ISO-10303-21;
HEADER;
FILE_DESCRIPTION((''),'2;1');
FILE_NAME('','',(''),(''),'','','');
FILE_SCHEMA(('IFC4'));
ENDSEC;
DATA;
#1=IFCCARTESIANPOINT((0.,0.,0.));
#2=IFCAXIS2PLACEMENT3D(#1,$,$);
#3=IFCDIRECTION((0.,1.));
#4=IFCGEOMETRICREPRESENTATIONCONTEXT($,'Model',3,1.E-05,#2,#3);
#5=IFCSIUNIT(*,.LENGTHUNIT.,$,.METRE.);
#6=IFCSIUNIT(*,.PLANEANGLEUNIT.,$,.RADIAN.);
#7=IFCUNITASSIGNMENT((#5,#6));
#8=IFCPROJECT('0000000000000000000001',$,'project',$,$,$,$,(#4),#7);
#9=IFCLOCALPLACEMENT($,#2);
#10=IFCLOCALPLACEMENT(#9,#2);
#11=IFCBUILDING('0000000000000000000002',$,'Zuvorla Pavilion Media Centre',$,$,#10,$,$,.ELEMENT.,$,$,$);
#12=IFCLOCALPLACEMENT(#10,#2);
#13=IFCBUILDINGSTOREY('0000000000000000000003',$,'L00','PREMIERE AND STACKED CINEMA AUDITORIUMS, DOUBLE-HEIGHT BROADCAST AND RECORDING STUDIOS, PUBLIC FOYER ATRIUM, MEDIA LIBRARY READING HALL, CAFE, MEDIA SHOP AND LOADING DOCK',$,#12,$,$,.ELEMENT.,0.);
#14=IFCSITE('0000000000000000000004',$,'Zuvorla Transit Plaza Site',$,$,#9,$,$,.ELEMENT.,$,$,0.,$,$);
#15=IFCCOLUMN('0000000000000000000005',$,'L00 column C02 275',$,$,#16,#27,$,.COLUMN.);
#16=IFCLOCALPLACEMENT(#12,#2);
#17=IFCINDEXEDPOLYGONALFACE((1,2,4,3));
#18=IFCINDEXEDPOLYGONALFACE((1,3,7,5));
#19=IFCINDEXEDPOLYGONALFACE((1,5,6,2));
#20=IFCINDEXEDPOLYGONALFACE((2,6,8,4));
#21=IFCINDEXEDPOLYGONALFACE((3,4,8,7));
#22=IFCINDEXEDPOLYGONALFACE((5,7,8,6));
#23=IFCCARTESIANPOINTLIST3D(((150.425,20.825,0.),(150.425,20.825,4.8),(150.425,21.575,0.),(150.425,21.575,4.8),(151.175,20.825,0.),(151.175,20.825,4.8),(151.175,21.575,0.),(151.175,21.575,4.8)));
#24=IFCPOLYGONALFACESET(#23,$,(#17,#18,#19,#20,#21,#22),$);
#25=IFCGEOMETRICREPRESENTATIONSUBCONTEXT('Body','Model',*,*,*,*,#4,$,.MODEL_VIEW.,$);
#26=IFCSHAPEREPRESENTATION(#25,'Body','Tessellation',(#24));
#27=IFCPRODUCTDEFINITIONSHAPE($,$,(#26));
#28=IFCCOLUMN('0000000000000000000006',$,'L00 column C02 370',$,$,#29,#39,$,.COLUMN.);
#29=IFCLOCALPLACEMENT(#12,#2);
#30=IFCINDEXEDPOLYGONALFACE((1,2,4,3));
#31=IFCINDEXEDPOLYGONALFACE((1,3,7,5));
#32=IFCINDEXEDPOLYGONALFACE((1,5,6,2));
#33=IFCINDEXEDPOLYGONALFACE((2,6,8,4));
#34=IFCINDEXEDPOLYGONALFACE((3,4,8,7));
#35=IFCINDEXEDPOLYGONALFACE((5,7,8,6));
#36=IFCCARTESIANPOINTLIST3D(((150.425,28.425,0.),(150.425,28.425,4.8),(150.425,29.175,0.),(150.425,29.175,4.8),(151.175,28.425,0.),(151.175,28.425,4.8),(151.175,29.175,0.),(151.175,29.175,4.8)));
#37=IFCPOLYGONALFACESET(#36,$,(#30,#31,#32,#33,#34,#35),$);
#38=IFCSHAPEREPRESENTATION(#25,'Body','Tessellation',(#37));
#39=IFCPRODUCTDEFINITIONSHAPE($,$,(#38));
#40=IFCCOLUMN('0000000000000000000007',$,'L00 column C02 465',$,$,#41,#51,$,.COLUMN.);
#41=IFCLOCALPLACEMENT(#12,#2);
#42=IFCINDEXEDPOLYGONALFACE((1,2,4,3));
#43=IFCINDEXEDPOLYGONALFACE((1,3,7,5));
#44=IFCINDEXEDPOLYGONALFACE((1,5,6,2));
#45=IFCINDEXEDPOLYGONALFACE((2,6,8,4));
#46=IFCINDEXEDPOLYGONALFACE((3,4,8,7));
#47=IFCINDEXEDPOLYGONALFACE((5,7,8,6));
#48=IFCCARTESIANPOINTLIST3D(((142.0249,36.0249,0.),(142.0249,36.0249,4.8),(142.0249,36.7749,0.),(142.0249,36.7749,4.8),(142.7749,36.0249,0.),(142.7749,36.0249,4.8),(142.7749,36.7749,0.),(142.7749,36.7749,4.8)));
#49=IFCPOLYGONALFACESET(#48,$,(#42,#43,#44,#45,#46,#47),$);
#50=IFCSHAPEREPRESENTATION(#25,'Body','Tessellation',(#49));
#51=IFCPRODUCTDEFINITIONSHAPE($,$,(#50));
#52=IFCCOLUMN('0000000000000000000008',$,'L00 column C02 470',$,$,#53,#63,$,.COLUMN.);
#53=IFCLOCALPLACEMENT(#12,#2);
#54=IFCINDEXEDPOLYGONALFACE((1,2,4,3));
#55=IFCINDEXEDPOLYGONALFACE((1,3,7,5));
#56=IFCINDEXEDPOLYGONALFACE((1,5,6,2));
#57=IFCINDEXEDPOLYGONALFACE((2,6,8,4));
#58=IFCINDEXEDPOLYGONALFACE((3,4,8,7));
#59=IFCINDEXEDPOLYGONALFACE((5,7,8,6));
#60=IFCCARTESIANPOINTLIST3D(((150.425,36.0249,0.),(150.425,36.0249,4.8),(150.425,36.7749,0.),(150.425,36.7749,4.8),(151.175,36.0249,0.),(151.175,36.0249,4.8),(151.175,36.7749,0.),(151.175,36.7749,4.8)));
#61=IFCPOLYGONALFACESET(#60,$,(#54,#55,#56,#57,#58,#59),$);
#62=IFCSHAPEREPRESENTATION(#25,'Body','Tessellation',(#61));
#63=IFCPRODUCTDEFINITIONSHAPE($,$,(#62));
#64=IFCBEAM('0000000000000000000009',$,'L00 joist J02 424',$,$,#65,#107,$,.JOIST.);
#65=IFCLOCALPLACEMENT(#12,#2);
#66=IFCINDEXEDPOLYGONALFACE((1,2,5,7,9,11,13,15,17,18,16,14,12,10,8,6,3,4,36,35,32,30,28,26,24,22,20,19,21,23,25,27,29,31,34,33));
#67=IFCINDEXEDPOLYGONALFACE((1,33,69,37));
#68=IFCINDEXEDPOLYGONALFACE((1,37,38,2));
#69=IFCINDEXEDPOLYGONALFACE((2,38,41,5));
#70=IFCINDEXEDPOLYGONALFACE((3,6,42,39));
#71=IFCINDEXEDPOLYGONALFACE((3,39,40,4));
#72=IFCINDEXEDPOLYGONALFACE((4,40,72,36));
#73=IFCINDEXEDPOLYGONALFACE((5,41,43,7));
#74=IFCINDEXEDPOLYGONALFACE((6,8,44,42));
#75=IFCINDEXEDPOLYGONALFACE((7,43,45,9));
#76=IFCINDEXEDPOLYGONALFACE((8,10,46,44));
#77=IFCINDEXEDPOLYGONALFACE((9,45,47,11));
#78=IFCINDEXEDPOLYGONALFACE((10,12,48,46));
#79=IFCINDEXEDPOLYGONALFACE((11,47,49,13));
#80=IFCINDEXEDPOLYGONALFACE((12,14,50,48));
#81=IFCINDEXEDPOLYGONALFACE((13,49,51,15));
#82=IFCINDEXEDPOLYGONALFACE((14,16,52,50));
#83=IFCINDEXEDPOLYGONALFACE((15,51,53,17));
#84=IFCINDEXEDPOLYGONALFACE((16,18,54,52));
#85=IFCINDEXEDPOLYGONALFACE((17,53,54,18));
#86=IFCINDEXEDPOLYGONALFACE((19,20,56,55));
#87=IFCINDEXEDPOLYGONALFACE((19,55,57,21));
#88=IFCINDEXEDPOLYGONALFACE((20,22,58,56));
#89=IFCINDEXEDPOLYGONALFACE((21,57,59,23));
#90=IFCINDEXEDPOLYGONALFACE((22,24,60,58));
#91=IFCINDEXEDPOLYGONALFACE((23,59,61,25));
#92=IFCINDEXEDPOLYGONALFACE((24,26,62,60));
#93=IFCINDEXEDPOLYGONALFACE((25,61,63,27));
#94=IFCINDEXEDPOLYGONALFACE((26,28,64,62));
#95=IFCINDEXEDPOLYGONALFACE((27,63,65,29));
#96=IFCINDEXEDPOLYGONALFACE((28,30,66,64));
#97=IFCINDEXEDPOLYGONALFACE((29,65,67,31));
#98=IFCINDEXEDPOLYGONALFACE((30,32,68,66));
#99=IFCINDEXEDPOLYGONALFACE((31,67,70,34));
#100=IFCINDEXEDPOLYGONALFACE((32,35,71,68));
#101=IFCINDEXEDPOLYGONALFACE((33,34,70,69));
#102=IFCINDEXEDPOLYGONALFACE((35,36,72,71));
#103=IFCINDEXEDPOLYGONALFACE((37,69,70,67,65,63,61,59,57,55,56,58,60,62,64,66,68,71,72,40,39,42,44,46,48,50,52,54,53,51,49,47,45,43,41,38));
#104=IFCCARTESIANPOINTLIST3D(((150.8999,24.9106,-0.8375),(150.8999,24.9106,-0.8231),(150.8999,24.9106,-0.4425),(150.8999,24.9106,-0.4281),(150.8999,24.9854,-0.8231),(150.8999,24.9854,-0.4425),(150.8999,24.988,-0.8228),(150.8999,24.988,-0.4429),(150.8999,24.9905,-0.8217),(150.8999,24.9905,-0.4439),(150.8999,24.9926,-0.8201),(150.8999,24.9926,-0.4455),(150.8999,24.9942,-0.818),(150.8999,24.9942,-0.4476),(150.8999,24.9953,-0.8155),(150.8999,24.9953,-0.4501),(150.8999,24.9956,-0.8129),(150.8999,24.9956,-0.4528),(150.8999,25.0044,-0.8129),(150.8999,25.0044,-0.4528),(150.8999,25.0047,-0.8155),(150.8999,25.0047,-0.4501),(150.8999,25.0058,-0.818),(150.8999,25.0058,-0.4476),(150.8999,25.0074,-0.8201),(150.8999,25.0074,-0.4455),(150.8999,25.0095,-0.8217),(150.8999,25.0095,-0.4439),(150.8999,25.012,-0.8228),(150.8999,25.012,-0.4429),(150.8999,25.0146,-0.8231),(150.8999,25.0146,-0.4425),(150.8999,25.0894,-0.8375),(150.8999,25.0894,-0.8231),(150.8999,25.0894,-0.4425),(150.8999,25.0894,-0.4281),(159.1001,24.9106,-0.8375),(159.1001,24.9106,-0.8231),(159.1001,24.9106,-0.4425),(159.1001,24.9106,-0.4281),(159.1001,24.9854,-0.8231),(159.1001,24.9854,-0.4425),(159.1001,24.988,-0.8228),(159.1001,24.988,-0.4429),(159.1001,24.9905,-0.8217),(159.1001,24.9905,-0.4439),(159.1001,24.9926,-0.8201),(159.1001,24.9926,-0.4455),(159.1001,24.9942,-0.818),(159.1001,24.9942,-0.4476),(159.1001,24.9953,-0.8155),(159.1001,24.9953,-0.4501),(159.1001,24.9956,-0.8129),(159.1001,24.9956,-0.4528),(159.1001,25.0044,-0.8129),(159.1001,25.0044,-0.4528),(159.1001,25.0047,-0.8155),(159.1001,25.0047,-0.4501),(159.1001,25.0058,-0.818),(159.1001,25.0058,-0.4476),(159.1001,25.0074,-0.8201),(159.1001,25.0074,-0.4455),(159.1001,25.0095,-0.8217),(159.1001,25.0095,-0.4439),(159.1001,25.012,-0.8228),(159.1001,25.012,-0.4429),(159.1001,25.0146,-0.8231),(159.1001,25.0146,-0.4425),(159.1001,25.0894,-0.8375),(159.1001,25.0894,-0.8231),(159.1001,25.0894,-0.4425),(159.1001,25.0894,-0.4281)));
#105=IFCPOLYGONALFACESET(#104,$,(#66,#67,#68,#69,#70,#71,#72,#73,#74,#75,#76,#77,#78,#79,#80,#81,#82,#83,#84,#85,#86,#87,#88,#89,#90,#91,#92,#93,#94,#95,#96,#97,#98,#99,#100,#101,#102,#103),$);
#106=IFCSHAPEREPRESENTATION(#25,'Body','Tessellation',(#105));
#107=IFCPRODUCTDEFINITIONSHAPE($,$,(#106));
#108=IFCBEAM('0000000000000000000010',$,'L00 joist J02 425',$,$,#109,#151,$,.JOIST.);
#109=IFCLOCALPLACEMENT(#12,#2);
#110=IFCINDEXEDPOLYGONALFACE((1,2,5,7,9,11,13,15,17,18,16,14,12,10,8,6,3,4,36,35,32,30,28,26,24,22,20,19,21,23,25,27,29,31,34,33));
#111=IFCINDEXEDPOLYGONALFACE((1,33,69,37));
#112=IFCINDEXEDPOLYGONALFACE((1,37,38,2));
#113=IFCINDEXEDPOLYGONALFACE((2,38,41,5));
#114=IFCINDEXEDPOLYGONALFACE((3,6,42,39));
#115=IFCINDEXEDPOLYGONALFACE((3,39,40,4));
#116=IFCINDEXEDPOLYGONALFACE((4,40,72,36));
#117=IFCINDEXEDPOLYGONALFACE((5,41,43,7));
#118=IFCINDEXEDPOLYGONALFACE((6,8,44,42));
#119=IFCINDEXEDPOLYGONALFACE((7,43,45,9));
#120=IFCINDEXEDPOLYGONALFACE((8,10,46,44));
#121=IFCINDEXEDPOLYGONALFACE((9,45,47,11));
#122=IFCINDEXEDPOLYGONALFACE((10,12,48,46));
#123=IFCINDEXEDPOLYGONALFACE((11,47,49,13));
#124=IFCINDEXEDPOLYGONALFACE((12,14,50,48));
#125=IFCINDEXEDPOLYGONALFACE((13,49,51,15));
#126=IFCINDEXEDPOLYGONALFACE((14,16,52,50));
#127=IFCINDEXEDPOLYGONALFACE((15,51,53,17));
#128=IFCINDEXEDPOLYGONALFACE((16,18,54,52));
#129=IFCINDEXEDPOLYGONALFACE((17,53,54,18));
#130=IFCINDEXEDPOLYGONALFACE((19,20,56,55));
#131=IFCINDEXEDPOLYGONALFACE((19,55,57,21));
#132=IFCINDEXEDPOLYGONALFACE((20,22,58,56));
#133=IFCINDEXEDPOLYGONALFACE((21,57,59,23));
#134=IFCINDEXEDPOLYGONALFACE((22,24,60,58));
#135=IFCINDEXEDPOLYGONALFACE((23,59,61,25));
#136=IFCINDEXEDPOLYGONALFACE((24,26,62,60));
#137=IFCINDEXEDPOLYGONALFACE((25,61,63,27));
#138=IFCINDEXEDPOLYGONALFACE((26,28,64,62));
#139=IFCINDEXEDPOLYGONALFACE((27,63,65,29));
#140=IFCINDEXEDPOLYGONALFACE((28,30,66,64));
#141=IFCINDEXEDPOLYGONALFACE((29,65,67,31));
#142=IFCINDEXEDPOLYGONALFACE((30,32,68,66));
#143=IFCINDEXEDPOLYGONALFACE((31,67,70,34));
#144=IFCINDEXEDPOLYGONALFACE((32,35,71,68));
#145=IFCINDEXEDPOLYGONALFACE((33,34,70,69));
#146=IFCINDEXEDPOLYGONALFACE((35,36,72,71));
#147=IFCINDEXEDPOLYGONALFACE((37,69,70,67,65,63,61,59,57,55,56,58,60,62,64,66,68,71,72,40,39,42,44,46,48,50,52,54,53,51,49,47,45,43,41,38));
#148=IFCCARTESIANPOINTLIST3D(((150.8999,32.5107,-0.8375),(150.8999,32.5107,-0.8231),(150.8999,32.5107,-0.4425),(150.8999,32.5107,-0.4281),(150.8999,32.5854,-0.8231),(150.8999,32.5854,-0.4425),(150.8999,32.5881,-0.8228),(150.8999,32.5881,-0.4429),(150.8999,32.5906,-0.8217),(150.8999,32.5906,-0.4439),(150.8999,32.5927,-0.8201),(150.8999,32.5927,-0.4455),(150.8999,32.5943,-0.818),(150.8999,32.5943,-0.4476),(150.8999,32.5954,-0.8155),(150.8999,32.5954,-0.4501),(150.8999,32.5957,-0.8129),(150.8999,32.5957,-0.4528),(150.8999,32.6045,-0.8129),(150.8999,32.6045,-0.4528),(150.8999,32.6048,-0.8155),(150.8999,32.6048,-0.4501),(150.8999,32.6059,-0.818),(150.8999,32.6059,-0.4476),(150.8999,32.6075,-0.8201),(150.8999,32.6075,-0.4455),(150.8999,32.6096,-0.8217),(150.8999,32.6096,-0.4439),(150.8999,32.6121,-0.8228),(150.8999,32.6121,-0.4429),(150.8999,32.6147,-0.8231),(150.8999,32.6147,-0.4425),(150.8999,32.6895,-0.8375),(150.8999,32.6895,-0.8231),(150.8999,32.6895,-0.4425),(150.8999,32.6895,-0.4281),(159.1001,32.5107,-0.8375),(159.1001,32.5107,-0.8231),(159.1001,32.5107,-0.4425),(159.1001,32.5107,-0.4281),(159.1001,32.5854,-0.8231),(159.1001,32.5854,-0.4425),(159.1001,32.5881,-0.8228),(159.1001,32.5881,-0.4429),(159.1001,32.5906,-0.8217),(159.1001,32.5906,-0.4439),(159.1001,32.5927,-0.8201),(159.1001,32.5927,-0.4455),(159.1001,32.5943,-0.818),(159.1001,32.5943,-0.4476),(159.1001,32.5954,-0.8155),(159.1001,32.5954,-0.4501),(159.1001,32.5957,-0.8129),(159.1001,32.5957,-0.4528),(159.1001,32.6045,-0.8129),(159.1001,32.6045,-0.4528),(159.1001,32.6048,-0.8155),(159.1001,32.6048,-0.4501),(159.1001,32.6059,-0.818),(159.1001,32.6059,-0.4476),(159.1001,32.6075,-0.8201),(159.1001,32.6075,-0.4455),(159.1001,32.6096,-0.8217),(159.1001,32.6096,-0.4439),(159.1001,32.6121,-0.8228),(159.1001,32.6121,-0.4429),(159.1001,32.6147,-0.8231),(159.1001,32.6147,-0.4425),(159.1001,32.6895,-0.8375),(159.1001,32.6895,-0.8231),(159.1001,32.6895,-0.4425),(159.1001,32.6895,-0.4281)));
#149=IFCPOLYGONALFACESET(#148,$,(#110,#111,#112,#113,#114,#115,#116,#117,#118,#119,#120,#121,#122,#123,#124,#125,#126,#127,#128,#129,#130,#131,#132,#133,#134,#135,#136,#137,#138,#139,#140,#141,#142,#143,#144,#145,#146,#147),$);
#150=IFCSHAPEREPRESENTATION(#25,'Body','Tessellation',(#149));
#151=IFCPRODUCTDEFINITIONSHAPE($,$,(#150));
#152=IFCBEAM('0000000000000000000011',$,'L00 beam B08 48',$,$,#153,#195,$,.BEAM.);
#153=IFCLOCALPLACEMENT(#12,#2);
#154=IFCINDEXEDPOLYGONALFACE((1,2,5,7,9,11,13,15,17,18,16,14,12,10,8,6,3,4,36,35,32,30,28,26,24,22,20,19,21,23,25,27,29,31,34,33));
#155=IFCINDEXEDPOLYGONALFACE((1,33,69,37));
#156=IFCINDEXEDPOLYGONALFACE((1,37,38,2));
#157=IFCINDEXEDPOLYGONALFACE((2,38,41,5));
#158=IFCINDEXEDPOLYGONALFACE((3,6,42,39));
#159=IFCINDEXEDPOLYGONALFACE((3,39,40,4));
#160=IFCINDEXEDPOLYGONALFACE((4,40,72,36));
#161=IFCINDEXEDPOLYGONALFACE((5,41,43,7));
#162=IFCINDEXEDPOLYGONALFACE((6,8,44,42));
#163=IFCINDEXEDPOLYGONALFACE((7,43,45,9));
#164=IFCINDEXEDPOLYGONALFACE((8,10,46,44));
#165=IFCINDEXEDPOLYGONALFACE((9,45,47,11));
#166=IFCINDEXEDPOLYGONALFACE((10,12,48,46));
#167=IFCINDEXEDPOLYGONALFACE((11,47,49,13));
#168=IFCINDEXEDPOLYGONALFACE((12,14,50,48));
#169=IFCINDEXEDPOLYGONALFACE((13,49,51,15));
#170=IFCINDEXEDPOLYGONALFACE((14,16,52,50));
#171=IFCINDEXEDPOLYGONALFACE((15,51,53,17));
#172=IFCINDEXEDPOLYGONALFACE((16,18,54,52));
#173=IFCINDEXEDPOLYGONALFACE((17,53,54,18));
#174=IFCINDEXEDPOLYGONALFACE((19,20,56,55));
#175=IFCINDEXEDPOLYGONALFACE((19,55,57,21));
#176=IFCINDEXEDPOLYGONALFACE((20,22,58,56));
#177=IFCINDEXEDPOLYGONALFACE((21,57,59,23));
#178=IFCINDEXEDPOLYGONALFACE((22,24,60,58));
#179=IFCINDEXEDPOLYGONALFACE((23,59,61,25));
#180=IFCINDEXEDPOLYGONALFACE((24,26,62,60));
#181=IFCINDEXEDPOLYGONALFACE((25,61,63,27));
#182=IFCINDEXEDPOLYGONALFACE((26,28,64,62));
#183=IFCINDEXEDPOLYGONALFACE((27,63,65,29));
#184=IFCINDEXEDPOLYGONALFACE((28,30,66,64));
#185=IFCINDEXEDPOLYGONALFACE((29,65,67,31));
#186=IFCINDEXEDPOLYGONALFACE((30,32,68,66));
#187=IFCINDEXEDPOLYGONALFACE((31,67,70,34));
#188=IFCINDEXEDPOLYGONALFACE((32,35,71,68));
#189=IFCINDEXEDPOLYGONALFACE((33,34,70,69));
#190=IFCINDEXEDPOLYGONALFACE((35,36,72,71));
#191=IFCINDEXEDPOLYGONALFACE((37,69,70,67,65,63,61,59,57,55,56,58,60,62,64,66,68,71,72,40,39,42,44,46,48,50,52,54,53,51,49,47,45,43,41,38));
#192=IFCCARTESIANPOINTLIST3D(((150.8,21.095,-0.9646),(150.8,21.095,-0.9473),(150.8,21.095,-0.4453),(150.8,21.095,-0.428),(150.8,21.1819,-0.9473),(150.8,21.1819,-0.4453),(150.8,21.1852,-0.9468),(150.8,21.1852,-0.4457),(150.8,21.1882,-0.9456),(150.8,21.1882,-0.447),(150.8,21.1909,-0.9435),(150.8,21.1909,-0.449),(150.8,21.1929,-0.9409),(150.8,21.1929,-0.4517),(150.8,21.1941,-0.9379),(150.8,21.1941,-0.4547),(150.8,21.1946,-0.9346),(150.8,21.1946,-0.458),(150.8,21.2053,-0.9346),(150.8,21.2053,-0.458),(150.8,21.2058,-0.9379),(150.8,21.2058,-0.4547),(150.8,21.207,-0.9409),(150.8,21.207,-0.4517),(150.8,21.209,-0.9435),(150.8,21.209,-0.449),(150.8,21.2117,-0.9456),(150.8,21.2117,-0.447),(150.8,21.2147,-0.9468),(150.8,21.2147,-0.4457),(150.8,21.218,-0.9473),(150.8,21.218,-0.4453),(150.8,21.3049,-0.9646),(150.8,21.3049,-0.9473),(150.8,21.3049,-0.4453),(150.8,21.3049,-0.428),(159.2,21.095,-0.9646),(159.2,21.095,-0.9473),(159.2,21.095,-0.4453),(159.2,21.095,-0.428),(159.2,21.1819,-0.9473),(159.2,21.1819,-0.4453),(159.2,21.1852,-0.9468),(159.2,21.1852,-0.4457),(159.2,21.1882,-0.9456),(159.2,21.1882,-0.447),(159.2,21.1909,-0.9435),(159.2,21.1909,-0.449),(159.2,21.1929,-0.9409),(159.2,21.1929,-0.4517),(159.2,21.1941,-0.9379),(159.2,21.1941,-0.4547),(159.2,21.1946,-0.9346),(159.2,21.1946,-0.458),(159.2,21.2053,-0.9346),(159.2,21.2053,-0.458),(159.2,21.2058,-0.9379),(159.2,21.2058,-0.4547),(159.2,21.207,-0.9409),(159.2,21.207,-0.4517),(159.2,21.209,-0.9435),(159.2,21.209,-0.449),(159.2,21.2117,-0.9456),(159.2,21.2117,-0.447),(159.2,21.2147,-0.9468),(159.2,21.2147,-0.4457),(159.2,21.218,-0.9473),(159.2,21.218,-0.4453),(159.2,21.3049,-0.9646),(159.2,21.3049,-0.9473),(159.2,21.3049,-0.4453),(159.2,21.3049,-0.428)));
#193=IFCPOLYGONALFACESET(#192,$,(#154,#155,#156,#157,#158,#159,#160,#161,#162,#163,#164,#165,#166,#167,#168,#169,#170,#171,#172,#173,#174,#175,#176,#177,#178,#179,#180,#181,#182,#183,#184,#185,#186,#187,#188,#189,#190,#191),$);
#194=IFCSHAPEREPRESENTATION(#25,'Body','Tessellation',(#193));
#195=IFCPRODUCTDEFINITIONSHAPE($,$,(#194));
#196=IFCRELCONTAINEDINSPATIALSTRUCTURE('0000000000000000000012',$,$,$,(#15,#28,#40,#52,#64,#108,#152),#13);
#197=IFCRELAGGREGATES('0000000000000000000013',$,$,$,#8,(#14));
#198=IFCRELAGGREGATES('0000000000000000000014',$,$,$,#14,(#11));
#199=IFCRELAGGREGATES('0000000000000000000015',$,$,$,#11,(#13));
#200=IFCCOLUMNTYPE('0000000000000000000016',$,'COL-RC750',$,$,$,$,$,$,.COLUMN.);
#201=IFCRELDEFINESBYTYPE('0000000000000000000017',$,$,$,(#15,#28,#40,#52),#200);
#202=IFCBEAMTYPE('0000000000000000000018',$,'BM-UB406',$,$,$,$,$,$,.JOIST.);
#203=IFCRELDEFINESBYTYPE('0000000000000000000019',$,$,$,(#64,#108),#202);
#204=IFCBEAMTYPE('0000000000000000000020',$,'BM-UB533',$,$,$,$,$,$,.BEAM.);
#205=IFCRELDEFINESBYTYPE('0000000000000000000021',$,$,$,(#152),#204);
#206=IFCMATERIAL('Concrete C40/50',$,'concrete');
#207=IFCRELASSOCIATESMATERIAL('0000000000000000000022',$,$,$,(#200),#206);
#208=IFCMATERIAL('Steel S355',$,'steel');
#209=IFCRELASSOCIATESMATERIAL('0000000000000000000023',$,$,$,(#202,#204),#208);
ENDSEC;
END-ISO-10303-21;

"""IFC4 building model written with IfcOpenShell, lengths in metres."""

from ifc_helpers import new_model, si_unit, direction, frame, origin, origin_2d, place, context, subcontext, project, spatial, rectangle, i_section, extrude, material, material_profile, profile_set, type_object, element, save


model = new_model("IFC4")

# Units and contexts
model_context = context("Model", 3, precision=1e-05, world=origin(), true_north=direction((0.0, 1.0)))
body_context = subcontext(model_context, "Body", "Model", "MODEL_VIEW")
ifc_project = project(units=[si_unit("LENGTHUNIT", "METRE"), si_unit("PLANEANGLEUNIT", "RADIAN")], contexts=[model_context])

# Site, building, storey
site_placement = place(None, origin())
site = spatial("IfcSite", under=ifc_project, at=site_placement, Name="Zuvorla Transit Plaza Site", CompositionType="ELEMENT", RefElevation=0.0)
building_placement = place(site_placement, origin())
building = spatial("IfcBuilding", under=site, at=building_placement, Name="Zuvorla Pavilion Media Centre", CompositionType="ELEMENT")
storey_placement = place(building_placement, origin())
storey = spatial("IfcBuildingStorey", under=building, at=storey_placement, Name="L00", Description="PREMIERE AND STACKED CINEMA AUDITORIUMS, DOUBLE-HEIGHT BROADCAST AND RECORDING STUDIOS, PUBLIC FOYER ATRIUM, MEDIA LIBRARY READING HALL, CAFE, MEDIA SHOP AND LOADING DOCK", CompositionType="ELEMENT", Elevation=0.0)

# Columns
ifc_material_1 = material(Name="Concrete C40/50", Category="concrete")
ifc_material_profile_1 = material_profile(ifc_material_1, rectangle(XDim=0.75, YDim=0.75, at=origin_2d()), Name="RC 750x750")
ifc_profile_set_1 = profile_set([ifc_material_profile_1], Name="Concrete C40/50")
column_type = type_object("IfcColumnType", Name="COL-RC750", PredefinedType="COLUMN", material=ifc_profile_set_1)
for number, where, z_axis, x_axis, name in (
    (1, (150.8, 21.2, 0.0), (0.0, 0.0, 1.0), (1.0, 0.0, 0.0), "L00 column C02 275"),
    (2, (150.8, 28.8, 0.0), (0.0, 0.0, 1.0), (1.0, 0.0, 0.0), "L00 column C02 370"),
    (3, (142.3999, 36.3999, 0.0), (0.0, 0.0, 1.0), (1.0, 0.0, 0.0), "L00 column C02 465"),
    (4, (150.8, 36.3999, 0.0), (0.0, 0.0, 1.0), (1.0, 0.0, 0.0), "L00 column C02 470"),
):
    element("IfcColumn", number, at=place(storey_placement, frame(where, z_axis=z_axis, x_axis=x_axis)), inside=storey, type_object=column_type, Name=name, PredefinedType="COLUMN", context=body_context, shape_type="SweptSolid", body=[
        extrude(rectangle(XDim=0.75, YDim=0.75, at=origin_2d()), origin(), (0.0, 0.0, 1.0), 4.8),
    ])

# Beams
ifc_material_2 = material(Name="Steel S355", Category="steel")
ifc_material_profile_2 = material_profile(ifc_material_2, i_section(OverallWidth=0.1787, OverallDepth=0.4094, WebThickness=0.0088, FlangeThickness=0.0144, FilletRadius=0.0103, at=origin_2d()), Name="UB 406x178x67")
ifc_profile_set_2 = profile_set([ifc_material_profile_2], Name="Steel S355")
beam_type_1 = type_object("IfcBeamType", Name="BM-UB406", PredefinedType="JOIST", material=ifc_profile_set_2)
for number, where, z_axis, x_axis, name in (
    (5, (150.8999, 25.0, -0.6328), (1.0, 0.0, 0.0), (0.0, 1.0, 0.0), "L00 joist J02 424"),
    (6, (150.8999, 32.6001, -0.6328), (1.0, 0.0, 0.0), (0.0, 1.0, 0.0), "L00 joist J02 425"),
):
    element("IfcBeam", number, at=place(storey_placement, frame(where, z_axis=z_axis, x_axis=x_axis)), inside=storey, type_object=beam_type_1, Name=name, PredefinedType="JOIST", context=body_context, shape_type="SweptSolid", body=[
        extrude(i_section(OverallWidth=0.1787, OverallDepth=0.4094, WebThickness=0.0088, FlangeThickness=0.0144, FilletRadius=0.0103, at=origin_2d()), origin(), (0.0, 0.0, 1.0), 8.2002),
    ])
ifc_material_profile_3 = material_profile(ifc_material_2, i_section(OverallWidth=0.21, OverallDepth=0.5366, WebThickness=0.0107, FlangeThickness=0.0173, FilletRadius=0.0127, at=origin_2d()), Name="UB 533x210x101")
ifc_profile_set_3 = profile_set([ifc_material_profile_3], Name="Steel S355")
beam_type_2 = type_object("IfcBeamType", Name="BM-UB533", PredefinedType="BEAM", material=ifc_profile_set_3)
for number, where, z_axis, x_axis, name in (
    (7, (150.8, 21.2, -0.6963), (1.0, 0.0, 0.0), (0.0, 1.0, 0.0), "L00 beam B08 48"),
):
    element("IfcBeam", number, at=place(storey_placement, frame(where, z_axis=z_axis, x_axis=x_axis)), inside=storey, type_object=beam_type_2, Name=name, PredefinedType="BEAM", context=body_context, shape_type="SweptSolid", body=[
        extrude(i_section(OverallWidth=0.21, OverallDepth=0.5366, WebThickness=0.0107, FlangeThickness=0.0173, FilletRadius=0.0127, at=origin_2d()), origin(), (0.0, 0.0, 1.0), 8.3999),
    ])

save(model, "model.ifc")
